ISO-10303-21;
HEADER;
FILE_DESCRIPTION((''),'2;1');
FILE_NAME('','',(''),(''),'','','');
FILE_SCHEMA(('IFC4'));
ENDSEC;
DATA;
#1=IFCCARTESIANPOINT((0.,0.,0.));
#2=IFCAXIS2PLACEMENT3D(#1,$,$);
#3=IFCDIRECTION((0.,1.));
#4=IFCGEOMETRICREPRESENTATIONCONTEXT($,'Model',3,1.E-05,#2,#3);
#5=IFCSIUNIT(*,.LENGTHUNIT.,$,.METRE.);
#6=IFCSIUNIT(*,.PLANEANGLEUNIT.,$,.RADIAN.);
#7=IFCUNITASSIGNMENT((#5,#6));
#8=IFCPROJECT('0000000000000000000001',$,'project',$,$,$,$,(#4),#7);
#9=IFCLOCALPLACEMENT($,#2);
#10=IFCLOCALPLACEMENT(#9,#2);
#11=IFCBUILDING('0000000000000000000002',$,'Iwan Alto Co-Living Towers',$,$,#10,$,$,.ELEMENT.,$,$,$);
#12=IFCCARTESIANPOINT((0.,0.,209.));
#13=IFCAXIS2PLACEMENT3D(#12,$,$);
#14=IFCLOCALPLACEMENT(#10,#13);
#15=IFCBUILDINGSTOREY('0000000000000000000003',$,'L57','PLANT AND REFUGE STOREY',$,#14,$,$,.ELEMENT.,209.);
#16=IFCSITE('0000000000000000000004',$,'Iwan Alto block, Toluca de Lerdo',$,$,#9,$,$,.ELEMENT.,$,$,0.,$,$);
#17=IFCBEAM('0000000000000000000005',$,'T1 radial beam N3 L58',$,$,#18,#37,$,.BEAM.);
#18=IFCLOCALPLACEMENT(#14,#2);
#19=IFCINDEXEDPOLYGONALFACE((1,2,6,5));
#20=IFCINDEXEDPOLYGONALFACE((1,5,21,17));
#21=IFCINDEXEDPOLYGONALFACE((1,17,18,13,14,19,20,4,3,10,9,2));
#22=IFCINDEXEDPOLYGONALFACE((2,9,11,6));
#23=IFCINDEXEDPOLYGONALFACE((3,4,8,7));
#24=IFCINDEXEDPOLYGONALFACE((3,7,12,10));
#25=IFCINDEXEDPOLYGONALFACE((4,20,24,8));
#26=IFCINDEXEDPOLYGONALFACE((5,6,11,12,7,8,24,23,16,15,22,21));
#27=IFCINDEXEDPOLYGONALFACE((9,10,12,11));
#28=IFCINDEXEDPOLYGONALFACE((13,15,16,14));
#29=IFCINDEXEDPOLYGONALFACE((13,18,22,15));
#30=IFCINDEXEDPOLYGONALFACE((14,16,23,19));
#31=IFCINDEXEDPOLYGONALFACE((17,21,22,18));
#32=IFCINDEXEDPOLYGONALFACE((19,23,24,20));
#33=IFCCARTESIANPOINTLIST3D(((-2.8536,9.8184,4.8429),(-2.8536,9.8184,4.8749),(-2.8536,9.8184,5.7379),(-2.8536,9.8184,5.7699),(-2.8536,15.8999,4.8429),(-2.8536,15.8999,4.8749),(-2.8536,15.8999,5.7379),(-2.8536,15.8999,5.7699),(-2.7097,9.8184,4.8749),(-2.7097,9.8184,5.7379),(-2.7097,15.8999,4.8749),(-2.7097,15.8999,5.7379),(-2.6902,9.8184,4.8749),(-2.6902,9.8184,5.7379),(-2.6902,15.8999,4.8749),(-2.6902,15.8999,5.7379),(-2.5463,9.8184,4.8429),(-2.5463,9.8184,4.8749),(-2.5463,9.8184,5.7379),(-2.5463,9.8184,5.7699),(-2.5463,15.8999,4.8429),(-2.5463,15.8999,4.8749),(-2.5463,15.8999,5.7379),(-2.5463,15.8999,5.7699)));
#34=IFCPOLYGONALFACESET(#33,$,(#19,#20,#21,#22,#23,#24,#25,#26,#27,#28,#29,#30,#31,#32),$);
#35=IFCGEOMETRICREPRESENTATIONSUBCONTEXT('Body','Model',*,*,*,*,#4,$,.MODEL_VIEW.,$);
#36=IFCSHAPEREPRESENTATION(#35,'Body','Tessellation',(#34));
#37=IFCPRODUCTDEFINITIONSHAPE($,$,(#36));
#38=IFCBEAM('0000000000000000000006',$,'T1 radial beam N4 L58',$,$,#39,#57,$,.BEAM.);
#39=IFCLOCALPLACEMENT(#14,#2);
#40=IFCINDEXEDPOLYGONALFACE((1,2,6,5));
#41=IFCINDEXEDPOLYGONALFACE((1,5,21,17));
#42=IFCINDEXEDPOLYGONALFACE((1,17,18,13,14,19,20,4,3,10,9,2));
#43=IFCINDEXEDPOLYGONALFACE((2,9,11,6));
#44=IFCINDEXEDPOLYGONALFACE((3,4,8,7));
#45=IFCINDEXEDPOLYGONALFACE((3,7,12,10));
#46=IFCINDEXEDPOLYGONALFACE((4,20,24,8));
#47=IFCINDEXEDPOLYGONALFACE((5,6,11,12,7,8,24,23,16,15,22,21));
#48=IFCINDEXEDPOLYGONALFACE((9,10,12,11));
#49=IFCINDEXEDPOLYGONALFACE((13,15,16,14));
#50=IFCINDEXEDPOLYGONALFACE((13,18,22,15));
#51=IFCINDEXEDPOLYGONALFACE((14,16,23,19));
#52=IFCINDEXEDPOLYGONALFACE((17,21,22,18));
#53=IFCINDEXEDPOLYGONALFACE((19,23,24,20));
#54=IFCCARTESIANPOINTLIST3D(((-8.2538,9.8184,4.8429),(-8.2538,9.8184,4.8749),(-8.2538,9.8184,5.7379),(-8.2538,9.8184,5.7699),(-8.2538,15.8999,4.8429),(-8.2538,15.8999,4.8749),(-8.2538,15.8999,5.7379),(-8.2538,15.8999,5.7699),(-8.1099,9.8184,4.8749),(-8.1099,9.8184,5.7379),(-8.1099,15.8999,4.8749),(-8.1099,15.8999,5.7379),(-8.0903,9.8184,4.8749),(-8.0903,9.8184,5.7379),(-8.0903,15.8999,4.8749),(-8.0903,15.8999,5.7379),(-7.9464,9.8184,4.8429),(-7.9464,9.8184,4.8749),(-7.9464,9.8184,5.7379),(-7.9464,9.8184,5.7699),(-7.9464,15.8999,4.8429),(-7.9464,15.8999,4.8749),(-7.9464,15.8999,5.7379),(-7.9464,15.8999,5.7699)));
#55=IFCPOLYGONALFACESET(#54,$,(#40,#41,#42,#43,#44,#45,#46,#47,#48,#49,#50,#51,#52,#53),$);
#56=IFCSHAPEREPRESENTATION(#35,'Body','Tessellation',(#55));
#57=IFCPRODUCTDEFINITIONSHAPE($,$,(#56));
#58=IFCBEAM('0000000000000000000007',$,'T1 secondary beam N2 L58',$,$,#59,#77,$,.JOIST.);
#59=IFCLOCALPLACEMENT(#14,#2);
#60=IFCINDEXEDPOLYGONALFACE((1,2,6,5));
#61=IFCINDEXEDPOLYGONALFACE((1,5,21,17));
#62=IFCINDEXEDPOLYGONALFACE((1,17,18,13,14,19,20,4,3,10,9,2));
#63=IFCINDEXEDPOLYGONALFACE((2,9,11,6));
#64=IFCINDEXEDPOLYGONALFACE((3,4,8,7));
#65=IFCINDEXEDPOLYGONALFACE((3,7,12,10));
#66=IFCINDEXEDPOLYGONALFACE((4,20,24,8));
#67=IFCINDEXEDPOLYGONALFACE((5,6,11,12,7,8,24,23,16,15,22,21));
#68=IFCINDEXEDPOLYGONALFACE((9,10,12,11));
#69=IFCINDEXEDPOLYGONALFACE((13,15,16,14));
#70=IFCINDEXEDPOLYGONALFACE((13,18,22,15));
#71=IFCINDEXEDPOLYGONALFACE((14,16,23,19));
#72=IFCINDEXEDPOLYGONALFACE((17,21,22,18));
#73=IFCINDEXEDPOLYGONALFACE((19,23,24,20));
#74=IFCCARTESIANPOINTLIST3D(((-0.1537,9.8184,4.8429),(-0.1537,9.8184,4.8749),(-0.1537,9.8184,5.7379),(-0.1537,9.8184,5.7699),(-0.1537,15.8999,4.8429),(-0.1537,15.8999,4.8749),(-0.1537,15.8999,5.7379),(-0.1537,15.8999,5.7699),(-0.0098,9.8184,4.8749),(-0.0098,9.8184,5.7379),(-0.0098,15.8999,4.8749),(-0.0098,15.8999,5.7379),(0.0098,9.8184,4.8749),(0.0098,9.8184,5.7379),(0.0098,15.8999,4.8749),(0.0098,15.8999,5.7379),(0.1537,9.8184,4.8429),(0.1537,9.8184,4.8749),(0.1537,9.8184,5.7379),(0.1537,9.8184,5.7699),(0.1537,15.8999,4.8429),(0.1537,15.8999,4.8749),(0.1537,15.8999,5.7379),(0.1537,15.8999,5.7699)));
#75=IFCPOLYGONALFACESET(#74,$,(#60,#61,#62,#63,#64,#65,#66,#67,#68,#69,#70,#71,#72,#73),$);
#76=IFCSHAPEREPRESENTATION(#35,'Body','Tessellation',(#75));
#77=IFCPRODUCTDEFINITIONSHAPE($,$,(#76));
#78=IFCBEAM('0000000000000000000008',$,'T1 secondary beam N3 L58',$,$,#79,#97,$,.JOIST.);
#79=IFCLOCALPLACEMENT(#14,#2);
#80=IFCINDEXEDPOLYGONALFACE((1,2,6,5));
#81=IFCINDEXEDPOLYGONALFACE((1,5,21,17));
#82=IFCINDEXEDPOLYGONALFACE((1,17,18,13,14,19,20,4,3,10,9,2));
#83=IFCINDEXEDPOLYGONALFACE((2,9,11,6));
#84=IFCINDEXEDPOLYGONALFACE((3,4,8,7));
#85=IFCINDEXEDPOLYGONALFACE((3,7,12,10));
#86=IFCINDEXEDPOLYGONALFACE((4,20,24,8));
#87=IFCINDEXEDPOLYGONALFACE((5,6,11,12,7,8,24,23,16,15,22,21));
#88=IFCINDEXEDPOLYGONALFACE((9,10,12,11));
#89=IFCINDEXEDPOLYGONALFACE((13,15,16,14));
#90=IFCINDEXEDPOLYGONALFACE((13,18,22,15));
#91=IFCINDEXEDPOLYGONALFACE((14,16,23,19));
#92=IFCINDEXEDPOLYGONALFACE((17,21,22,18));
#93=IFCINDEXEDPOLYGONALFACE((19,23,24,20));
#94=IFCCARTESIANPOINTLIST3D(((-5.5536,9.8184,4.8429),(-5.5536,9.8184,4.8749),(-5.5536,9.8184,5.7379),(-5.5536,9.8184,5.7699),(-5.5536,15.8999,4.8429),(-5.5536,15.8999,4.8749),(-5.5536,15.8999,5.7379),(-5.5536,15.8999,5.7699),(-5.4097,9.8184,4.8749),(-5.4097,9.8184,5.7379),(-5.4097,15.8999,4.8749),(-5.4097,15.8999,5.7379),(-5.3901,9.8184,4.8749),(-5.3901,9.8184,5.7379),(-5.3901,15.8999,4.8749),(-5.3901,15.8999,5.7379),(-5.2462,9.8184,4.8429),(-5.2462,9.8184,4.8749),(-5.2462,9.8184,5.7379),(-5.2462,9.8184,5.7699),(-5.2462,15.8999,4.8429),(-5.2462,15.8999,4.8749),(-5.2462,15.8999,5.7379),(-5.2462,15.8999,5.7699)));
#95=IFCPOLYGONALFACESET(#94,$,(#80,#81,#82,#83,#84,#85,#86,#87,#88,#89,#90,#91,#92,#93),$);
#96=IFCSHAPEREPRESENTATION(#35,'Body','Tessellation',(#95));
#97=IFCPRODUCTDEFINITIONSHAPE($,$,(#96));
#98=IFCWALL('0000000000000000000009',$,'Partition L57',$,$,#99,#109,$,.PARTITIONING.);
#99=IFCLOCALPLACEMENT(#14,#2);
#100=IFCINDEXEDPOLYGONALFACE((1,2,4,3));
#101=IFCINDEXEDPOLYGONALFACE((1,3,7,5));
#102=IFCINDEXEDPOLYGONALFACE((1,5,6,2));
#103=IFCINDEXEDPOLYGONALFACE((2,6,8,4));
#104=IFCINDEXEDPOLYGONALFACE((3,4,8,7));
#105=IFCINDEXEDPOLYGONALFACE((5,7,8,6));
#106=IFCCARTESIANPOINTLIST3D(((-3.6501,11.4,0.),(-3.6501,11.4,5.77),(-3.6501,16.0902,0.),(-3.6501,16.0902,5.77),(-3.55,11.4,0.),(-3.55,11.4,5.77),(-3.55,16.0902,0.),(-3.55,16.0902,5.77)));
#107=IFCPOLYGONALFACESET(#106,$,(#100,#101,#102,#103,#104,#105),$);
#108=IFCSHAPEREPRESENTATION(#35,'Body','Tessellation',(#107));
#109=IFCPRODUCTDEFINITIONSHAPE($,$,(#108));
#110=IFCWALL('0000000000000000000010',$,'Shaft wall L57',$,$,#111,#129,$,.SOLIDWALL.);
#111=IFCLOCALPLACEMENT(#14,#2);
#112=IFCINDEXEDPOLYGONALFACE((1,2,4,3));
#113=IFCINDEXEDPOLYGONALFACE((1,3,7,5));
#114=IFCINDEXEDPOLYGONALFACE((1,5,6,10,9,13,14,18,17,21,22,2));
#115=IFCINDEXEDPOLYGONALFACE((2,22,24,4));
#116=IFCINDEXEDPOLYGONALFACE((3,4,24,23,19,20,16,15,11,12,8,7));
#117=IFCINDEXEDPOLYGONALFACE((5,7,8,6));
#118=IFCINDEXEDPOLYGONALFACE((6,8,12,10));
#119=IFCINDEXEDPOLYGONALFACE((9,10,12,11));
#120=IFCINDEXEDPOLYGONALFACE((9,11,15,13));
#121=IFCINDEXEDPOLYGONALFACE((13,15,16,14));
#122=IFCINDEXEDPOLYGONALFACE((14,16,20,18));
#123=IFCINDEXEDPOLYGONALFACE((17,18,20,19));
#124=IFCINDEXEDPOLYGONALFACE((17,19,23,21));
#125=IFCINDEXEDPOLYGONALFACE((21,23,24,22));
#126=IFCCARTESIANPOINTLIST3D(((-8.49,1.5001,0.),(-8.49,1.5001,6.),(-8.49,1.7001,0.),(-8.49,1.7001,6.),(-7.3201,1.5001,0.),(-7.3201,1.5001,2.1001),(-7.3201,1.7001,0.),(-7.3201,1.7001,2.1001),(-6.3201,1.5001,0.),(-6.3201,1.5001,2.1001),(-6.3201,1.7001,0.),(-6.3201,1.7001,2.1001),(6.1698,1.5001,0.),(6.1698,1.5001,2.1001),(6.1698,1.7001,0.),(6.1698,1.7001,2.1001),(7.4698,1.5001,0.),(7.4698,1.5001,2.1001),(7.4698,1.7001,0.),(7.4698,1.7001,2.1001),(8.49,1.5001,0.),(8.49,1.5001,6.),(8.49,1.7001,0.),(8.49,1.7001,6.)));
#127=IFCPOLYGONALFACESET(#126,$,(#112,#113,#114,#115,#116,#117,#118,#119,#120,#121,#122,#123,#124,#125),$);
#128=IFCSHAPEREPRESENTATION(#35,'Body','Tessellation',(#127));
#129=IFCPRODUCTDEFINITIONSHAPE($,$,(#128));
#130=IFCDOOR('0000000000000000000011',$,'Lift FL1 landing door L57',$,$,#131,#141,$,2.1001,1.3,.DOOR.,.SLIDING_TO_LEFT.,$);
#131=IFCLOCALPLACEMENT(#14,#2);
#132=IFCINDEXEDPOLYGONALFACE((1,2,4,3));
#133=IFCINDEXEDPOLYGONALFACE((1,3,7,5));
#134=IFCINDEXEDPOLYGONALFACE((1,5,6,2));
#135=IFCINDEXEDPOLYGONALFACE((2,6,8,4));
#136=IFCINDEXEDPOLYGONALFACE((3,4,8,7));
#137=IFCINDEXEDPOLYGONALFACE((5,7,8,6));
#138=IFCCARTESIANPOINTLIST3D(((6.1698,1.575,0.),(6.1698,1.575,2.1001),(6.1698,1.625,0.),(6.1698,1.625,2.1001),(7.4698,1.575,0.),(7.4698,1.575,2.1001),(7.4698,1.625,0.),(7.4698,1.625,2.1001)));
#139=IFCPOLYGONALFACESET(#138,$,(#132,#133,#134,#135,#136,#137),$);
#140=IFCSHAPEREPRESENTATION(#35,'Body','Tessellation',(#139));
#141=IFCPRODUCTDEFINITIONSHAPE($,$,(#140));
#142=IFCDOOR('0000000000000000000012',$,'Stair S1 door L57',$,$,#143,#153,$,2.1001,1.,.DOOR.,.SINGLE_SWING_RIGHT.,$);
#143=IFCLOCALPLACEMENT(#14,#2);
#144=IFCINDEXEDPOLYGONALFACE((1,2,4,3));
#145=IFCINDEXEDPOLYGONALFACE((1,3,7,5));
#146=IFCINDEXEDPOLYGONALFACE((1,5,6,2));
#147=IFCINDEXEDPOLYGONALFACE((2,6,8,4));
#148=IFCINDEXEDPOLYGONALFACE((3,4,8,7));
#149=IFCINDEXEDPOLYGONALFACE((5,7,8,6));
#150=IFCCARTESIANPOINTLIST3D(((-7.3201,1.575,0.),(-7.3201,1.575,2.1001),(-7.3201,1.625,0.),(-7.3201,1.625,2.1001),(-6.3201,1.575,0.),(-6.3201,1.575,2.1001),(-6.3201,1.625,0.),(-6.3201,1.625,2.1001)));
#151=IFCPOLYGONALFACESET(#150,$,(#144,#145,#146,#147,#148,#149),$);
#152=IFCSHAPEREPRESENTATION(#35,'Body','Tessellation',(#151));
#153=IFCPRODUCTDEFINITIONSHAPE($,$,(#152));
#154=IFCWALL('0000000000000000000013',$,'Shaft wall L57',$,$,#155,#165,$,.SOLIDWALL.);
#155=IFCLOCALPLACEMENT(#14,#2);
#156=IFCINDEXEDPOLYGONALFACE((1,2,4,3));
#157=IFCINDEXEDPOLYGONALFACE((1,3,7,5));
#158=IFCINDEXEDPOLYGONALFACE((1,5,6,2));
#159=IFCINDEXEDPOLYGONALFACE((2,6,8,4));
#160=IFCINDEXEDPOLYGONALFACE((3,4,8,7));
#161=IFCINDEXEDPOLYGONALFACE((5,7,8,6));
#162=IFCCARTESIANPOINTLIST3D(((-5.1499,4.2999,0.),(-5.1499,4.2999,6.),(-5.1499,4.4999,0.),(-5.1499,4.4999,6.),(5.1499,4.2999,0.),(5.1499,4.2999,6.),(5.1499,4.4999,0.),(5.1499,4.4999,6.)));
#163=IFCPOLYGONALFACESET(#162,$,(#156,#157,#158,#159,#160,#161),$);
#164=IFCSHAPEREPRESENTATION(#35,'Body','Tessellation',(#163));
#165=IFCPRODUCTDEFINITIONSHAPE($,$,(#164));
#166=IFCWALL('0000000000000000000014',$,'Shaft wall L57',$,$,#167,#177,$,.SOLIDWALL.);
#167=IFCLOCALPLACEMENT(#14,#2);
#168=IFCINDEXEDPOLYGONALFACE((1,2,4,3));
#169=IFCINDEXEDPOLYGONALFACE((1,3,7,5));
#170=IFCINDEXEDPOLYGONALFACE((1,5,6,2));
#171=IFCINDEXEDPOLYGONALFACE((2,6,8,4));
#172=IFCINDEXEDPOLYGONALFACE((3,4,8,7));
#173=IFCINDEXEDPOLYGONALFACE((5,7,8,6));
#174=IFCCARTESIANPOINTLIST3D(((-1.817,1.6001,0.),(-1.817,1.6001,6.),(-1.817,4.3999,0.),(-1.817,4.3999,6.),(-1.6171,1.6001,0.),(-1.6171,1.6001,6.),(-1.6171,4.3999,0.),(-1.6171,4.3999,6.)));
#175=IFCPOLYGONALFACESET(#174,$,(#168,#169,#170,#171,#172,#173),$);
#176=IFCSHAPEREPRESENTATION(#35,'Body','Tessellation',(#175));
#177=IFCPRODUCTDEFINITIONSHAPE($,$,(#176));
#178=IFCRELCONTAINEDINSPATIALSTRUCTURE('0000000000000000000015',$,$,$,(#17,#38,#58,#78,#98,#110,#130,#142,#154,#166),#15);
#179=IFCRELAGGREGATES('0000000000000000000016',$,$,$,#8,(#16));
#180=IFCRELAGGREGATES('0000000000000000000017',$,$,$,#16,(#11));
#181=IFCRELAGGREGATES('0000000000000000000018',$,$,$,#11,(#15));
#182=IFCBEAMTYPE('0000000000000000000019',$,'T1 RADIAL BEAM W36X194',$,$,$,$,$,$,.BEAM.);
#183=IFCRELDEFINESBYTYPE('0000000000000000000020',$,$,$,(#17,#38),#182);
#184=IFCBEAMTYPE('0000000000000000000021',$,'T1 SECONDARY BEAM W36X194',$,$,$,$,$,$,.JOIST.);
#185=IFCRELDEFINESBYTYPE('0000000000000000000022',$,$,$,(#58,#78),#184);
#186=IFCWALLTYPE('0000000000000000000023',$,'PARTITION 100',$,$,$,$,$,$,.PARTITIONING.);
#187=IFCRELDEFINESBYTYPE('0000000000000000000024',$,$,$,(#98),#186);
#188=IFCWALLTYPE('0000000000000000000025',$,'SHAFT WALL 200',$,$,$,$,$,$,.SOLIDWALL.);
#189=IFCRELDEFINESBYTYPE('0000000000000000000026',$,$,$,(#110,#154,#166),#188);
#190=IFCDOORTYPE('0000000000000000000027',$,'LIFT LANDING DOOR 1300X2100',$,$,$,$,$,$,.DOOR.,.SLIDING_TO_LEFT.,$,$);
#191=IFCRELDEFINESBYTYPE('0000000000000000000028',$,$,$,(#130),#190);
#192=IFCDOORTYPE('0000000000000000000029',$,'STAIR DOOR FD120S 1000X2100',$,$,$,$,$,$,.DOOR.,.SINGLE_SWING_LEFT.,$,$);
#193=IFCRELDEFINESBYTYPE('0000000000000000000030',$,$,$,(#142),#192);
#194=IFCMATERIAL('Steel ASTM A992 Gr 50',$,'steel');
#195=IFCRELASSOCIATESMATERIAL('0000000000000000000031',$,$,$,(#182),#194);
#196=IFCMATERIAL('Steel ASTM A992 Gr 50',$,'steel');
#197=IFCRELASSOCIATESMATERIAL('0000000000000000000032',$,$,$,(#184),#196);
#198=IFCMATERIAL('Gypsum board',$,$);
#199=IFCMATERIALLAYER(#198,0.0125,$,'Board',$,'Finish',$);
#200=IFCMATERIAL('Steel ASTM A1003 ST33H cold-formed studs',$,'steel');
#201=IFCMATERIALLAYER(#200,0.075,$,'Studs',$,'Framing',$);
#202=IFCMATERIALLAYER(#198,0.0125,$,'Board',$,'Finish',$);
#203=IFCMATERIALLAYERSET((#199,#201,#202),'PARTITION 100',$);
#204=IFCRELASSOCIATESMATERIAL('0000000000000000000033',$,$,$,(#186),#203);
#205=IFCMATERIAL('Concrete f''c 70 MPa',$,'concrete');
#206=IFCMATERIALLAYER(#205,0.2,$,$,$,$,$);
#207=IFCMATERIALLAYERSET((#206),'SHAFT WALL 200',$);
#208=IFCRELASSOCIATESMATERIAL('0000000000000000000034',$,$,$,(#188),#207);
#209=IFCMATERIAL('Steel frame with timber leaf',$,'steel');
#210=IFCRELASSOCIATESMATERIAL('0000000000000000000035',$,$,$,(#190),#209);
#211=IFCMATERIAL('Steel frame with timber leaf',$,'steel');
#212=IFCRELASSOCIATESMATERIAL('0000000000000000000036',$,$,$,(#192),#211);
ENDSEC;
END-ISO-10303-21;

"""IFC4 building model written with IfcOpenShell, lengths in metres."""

from ifc_helpers import new_model, si_unit, direction, frame, frame_2d, origin, origin_2d, place, context, subcontext, project, spatial, rectangle, i_section, extrude, material, layer, layer_set, material_profile, profile_set, type_object, element, fill, save


model = new_model("IFC4")

# Units and contexts
model_context = context("Model", 3, precision=1e-05, world=origin(), true_north=direction((0.0, 1.0)))
body_context = subcontext(model_context, "Body", "Model", "MODEL_VIEW")
ifc_project = project(units=[si_unit("LENGTHUNIT", "METRE"), si_unit("PLANEANGLEUNIT", "RADIAN")], contexts=[model_context])

# Site, building, storey
site_placement = place(None, origin())
site = spatial("IfcSite", under=ifc_project, at=site_placement, Name="Iwan Alto block, Toluca de Lerdo", CompositionType="ELEMENT", RefElevation=0.0)
building_placement = place(site_placement, origin())
building = spatial("IfcBuilding", under=site, at=building_placement, Name="Iwan Alto Co-Living Towers", CompositionType="ELEMENT")
storey_placement = place(building_placement, frame((0.0, 0.0, 209.0)))
storey = spatial("IfcBuildingStorey", under=building, at=storey_placement, Name="L57", Description="PLANT AND REFUGE STOREY", CompositionType="ELEMENT", Elevation=209.0)

# Beams
ifc_material_1 = material(Name="Steel ASTM A992 Gr 50", Category="steel")
ifc_material_profile_1 = material_profile(ifc_material_1, i_section(OverallWidth=0.3074, OverallDepth=0.927, WebThickness=0.0195, FlangeThickness=0.032, at=origin_2d()), Name="W36X194")
ifc_profile_set_1 = profile_set([ifc_material_profile_1], Name="Steel ASTM A992 Gr 50")
beam_type_1 = type_object("IfcBeamType", Name="T1 RADIAL BEAM W36X194", PredefinedType="BEAM", material=ifc_profile_set_1)
for number, where, z_axis, x_axis, name in (
    (1, (-2.7, 15.8999, 5.3064), (0.0, -1.0, 0.0), (1.0, 0.0, 0.0), "T1 radial beam N3 L58"),
    (2, (-8.1001, 15.8999, 5.3064), (0.0, -1.0, 0.0), (1.0, 0.0, 0.0), "T1 radial beam N4 L58"),
):
    element("IfcBeam", number, at=place(storey_placement, frame(where, z_axis=z_axis, x_axis=x_axis)), inside=storey, type_object=beam_type_1, Name=name, PredefinedType="BEAM", context=body_context, shape_type="SweptSolid", body=[
        extrude(i_section(OverallWidth=0.3074, OverallDepth=0.927, WebThickness=0.0195, FlangeThickness=0.032, at=origin_2d()), origin(), (0.0, 0.0, 1.0), 6.0815),
    ])
ifc_material_2 = material(Name="Steel ASTM A992 Gr 50", Category="steel")
ifc_material_profile_2 = material_profile(ifc_material_2, i_section(OverallWidth=0.3074, OverallDepth=0.927, WebThickness=0.0195, FlangeThickness=0.032, at=origin_2d()), Name="W36X194")
ifc_profile_set_2 = profile_set([ifc_material_profile_2], Name="Steel ASTM A992 Gr 50")
beam_type_2 = type_object("IfcBeamType", Name="T1 SECONDARY BEAM W36X194", PredefinedType="JOIST", material=ifc_profile_set_2)
for number, where, z_axis, x_axis, name in (
    (3, (0.0, 15.8999, 5.3064), (0.0, -1.0, 0.0), (1.0, 0.0, 0.0), "T1 secondary beam N2 L58"),
    (4, (-5.3999, 15.8999, 5.3064), (0.0, -1.0, 0.0), (1.0, 0.0, 0.0), "T1 secondary beam N3 L58"),
):
    element("IfcBeam", number, at=place(storey_placement, frame(where, z_axis=z_axis, x_axis=x_axis)), inside=storey, type_object=beam_type_2, Name=name, PredefinedType="JOIST", context=body_context, shape_type="SweptSolid", body=[
        extrude(i_section(OverallWidth=0.3074, OverallDepth=0.927, WebThickness=0.0195, FlangeThickness=0.032, at=origin_2d()), origin(), (0.0, 0.0, 1.0), 6.0815),
    ])

# Wall
ifc_material_3 = material(Name="Gypsum board")
ifc_layer_1 = layer(ifc_material_3, 0.0125, Name="Board", Category="Finish")
ifc_material_4 = material(Name="Steel ASTM A1003 ST33H cold-formed studs", Category="steel")
ifc_layer_2 = layer(ifc_material_4, 0.075, Name="Studs", Category="Framing")
ifc_layer_3 = layer(ifc_material_3, 0.0125, Name="Board", Category="Finish")
ifc_layer_set_1 = layer_set([ifc_layer_1, ifc_layer_2, ifc_layer_3], Name="PARTITION 100")
wall_type_1 = type_object("IfcWallType", Name="PARTITION 100", PredefinedType="PARTITIONING", material=ifc_layer_set_1)
wall_1_placement = place(storey_placement, frame((-3.6001, 11.3999, 0.0), z_axis=(0.0, 0.0, 1.0), x_axis=(0.0, 1.0, 0.0)))
element("IfcWall", 5, at=wall_1_placement, inside=storey, type_object=wall_type_1, Name="Partition L57", PredefinedType="PARTITIONING", context=body_context, shape_type="SweptSolid", body=[
    extrude(rectangle(XDim=4.6902, YDim=0.1001, at=frame_2d((2.3452, 0.0))), origin(), (0.0, 0.0, 1.0), 5.77),
])

# Wall, openings, doors
ifc_material_5 = material(Name="Concrete f'c 70 MPa", Category="concrete")
ifc_layer_4 = layer(ifc_material_5, 0.2)
ifc_layer_set_2 = layer_set([ifc_layer_4], Name="SHAFT WALL 200")
wall_type_2 = type_object("IfcWallType", Name="SHAFT WALL 200", PredefinedType="SOLIDWALL", material=ifc_layer_set_2)
wall_2_placement = place(storey_placement, frame((-8.49, 1.6001, 0.0), z_axis=(0.0, 0.0, 1.0), x_axis=(1.0, 0.0, 0.0)))
wall_2 = element("IfcWall", 6, at=wall_2_placement, inside=storey, type_object=wall_type_2, Name="Shaft wall L57", PredefinedType="SOLIDWALL", context=body_context, shape_type="SweptSolid", body=[
    extrude(rectangle(XDim=16.98, YDim=0.2, at=frame_2d((8.49, 0.0))), origin(), (0.0, 0.0, 1.0), 6.0),
])
opening_1_placement = place(wall_2_placement, frame((1.1699, 0.0, 0.0)))
opening_1 = element("IfcOpeningElement", 7, at=opening_1_placement, cuts=wall_2, PredefinedType="OPENING", context=body_context, shape_type="SweptSolid", body=[
    extrude(rectangle(XDim=1.0, YDim=2.1001, at=frame_2d((0.5, 1.05))), frame((0.0, 0.1099, 0.0), z_axis=(0.0, -1.0, 0.0), x_axis=(1.0, 0.0, 0.0)), (0.0, 0.0, 1.0), 0.22),
])
opening_2_placement = place(wall_2_placement, frame((14.6599, 0.0, 0.0)))
opening_2 = element("IfcOpeningElement", 8, at=opening_2_placement, cuts=wall_2, PredefinedType="OPENING", context=body_context, shape_type="SweptSolid", body=[
    extrude(rectangle(XDim=1.3, YDim=2.1001, at=frame_2d((0.6499, 1.05))), frame((0.0, 0.1099, 0.0), z_axis=(0.0, -1.0, 0.0), x_axis=(1.0, 0.0, 0.0)), (0.0, 0.0, 1.0), 0.22),
])
ifc_material_6 = material(Name="Steel frame with timber leaf", Category="steel")
door_type_1 = type_object("IfcDoorType", Name="LIFT LANDING DOOR 1300X2100", OperationType="SLIDING_TO_LEFT", PredefinedType="DOOR", material=ifc_material_6)
door_1_placement = place(opening_2_placement, origin())
door_1 = element("IfcDoor", 9, at=door_1_placement, inside=storey, type_object=door_type_1, Name="Lift FL1 landing door L57", OperationType="SLIDING_TO_LEFT", OverallHeight=2.1001, OverallWidth=1.3, PredefinedType="DOOR", context=body_context, shape_type="SweptSolid", body=[
    extrude(rectangle(XDim=1.3, YDim=2.1001, at=frame_2d((0.6499, 1.05))), frame((0.0, 0.0249, 0.0), z_axis=(0.0, -1.0, 0.0), x_axis=(1.0, 0.0, 0.0)), (0.0, 0.0, 1.0), 0.05),
])
fill(opening_2, door_1)
ifc_material_7 = material(Name="Steel frame with timber leaf", Category="steel")
door_type_2 = type_object("IfcDoorType", Name="STAIR DOOR FD120S 1000X2100", OperationType="SINGLE_SWING_LEFT", PredefinedType="DOOR", material=ifc_material_7)
door_2_placement = place(opening_1_placement, origin())
door_2 = element("IfcDoor", 10, at=door_2_placement, inside=storey, type_object=door_type_2, Name="Stair S1 door L57", OperationType="SINGLE_SWING_RIGHT", OverallHeight=2.1001, OverallWidth=1.0, PredefinedType="DOOR", context=body_context, shape_type="SweptSolid", body=[
    extrude(rectangle(XDim=1.0, YDim=2.1001, at=frame_2d((0.5, 1.05))), frame((0.0, 0.0249, 0.0), z_axis=(0.0, -1.0, 0.0), x_axis=(1.0, 0.0, 0.0)), (0.0, 0.0, 1.0), 0.05),
])
fill(opening_1, door_2)

# Walls
wall_3_placement = place(storey_placement, frame((-5.1499, 4.3999, 0.0), z_axis=(0.0, 0.0, 1.0), x_axis=(1.0, 0.0, 0.0)))
element("IfcWall", 11, at=wall_3_placement, inside=storey, type_object=wall_type_2, Name="Shaft wall L57", PredefinedType="SOLIDWALL", context=body_context, shape_type="SweptSolid", body=[
    extrude(rectangle(XDim=10.2998, YDim=0.2, at=frame_2d((5.1499, 0.0))), origin(), (0.0, 0.0, 1.0), 6.0),
])
wall_4_placement = place(storey_placement, frame((-1.717, 1.6001, 0.0), z_axis=(0.0, 0.0, 1.0), x_axis=(0.0, 1.0, 0.0)))
element("IfcWall", 12, at=wall_4_placement, inside=storey, type_object=wall_type_2, Name="Shaft wall L57", PredefinedType="SOLIDWALL", context=body_context, shape_type="SweptSolid", body=[
    extrude(rectangle(XDim=2.7998, YDim=0.2, at=frame_2d((1.3999, 0.0))), origin(), (0.0, 0.0, 1.0), 6.0),
])

save(model, "model.ifc")
